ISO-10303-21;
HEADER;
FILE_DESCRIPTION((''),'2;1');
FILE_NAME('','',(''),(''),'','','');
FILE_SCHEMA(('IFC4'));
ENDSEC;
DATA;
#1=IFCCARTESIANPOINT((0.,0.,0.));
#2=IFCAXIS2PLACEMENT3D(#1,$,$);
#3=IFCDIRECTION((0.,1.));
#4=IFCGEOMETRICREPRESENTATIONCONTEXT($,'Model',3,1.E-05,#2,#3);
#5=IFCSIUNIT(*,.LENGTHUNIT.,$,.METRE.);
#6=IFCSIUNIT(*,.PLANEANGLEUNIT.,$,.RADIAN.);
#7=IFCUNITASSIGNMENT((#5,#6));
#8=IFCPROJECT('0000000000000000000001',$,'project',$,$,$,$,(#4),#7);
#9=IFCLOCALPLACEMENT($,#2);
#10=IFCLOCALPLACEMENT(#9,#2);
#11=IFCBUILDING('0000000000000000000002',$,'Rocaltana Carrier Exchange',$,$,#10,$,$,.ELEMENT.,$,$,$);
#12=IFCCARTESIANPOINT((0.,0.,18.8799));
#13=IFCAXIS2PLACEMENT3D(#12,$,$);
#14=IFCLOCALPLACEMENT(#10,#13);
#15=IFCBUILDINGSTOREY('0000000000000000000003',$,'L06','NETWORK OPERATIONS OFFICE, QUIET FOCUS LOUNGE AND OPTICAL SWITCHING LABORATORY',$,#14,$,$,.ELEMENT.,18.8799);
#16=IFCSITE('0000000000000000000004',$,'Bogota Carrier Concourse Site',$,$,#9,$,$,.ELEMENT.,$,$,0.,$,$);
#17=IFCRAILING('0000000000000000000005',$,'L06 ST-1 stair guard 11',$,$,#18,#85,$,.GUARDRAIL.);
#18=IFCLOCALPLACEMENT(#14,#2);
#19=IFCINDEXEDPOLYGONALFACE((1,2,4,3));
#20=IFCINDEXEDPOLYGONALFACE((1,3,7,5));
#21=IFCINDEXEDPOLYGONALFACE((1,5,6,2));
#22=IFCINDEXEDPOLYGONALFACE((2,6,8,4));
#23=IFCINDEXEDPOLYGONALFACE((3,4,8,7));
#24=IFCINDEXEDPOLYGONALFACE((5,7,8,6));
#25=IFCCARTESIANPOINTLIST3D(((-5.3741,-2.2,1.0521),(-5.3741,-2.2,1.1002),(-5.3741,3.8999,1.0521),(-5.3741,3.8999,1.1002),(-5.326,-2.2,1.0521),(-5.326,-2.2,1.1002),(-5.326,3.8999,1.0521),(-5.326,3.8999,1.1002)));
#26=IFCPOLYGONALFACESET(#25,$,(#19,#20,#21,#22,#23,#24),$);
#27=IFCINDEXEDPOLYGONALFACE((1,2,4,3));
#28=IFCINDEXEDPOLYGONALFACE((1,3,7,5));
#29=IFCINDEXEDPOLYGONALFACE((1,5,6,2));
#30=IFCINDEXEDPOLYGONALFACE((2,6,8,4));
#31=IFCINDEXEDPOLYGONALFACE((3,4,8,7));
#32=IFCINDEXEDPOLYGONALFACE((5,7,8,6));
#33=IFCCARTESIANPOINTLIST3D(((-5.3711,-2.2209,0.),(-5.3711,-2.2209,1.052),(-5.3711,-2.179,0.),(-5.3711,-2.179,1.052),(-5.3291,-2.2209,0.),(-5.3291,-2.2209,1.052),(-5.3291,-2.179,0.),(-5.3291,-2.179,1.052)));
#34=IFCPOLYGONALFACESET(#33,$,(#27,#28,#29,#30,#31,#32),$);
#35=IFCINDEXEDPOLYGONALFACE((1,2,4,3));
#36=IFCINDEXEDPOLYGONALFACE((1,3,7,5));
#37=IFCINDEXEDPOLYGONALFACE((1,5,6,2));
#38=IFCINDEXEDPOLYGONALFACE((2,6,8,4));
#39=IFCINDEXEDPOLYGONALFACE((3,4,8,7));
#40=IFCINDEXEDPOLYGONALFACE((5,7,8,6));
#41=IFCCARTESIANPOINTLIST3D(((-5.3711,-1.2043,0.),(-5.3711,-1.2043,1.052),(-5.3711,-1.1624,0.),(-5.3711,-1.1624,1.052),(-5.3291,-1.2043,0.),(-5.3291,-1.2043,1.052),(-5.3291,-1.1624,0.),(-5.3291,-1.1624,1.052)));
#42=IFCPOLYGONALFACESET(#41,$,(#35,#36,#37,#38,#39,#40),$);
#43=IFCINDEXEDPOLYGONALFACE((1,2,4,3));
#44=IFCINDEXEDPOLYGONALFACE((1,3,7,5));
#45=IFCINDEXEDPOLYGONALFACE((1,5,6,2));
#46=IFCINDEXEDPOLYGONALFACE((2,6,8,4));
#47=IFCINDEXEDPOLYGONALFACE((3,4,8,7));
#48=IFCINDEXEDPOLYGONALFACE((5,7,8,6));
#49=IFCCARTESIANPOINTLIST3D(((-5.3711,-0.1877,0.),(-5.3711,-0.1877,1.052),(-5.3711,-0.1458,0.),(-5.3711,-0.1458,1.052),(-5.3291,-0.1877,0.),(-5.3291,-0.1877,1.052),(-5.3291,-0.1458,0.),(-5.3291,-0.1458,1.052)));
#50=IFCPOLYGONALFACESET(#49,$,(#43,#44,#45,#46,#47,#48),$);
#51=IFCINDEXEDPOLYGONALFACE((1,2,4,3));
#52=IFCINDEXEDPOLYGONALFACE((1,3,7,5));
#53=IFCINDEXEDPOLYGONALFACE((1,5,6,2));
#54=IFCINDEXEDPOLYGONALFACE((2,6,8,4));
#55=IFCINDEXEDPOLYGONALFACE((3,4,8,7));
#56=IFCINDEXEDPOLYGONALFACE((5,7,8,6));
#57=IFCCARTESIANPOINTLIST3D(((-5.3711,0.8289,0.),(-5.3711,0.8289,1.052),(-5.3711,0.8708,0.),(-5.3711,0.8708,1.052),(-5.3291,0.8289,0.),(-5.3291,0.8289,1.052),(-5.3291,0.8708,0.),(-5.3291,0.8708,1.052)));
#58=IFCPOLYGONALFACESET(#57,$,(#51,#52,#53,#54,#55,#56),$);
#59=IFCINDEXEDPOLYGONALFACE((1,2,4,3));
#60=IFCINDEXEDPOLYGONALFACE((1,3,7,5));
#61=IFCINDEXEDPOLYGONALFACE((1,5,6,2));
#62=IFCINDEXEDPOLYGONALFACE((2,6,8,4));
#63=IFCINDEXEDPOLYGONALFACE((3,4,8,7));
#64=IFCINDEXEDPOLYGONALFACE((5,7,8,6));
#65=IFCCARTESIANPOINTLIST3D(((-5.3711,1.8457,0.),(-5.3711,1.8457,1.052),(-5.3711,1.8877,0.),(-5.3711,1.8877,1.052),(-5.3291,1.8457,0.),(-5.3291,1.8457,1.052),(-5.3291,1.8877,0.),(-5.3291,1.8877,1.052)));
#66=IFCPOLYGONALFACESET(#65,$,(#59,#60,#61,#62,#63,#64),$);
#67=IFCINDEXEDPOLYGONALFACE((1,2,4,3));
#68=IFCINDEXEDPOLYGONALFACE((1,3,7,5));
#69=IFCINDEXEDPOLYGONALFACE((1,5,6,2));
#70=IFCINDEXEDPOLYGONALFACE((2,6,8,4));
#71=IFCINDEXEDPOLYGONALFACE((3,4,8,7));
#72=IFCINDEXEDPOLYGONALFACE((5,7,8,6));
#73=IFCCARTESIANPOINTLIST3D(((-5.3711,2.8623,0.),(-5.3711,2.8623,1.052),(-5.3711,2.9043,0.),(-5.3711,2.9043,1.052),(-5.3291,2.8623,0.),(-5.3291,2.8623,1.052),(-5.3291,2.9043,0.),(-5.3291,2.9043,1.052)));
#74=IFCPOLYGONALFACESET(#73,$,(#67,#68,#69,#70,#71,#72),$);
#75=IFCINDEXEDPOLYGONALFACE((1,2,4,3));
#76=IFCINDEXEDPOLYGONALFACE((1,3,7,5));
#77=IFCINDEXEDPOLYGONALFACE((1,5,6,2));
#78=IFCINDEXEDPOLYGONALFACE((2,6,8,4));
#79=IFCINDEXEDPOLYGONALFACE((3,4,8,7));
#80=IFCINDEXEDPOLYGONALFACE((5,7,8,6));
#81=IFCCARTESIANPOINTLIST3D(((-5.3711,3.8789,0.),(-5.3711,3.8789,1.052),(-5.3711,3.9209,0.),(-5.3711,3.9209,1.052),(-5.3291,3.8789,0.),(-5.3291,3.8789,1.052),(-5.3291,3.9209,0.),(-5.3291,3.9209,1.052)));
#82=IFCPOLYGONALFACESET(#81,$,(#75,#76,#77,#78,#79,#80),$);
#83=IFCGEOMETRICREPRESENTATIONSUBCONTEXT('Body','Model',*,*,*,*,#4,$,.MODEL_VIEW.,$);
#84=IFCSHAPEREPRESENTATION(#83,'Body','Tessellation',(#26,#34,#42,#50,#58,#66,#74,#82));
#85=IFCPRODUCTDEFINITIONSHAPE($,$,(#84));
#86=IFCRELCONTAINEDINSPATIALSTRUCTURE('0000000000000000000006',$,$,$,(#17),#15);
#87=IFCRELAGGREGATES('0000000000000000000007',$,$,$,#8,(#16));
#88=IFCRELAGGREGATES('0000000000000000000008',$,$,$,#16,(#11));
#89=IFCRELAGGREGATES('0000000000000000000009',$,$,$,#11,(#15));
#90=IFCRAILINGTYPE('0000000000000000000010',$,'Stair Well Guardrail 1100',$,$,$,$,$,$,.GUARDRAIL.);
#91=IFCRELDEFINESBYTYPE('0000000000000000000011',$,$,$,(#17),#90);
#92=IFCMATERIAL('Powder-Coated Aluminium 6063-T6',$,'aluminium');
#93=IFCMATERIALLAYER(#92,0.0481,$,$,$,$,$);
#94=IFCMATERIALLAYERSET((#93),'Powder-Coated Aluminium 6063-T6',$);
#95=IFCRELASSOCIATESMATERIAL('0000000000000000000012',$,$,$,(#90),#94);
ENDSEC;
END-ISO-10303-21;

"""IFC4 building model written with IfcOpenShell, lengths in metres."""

from ifc_helpers import new_model, si_unit, direction, frame, origin, origin_2d, place, context, subcontext, project, spatial, rectangle, extrude, material, layer, layer_set, type_object, element, save


model = new_model("IFC4")

# Units and contexts
model_context = context("Model", 3, precision=1e-05, world=origin(), true_north=direction((0.0, 1.0)))
body_context = subcontext(model_context, "Body", "Model", "MODEL_VIEW")
ifc_project = project(units=[si_unit("LENGTHUNIT", "METRE"), si_unit("PLANEANGLEUNIT", "RADIAN")], contexts=[model_context])

# Site, building, storey
site_placement = place(None, origin())
site = spatial("IfcSite", under=ifc_project, at=site_placement, Name="Bogota Carrier Concourse Site", CompositionType="ELEMENT", RefElevation=0.0)
building_placement = place(site_placement, origin())
building = spatial("IfcBuilding", under=site, at=building_placement, Name="Rocaltana Carrier Exchange", CompositionType="ELEMENT")
storey_placement = place(building_placement, frame((0.0, 0.0, 18.8799)))
storey = spatial("IfcBuildingStorey", under=building, at=storey_placement, Name="L06", Description="NETWORK OPERATIONS OFFICE, QUIET FOCUS LOUNGE AND OPTICAL SWITCHING LABORATORY", CompositionType="ELEMENT", Elevation=18.8799)

# Railing
ifc_material_1 = material(Name="Powder-Coated Aluminium 6063-T6", Category="aluminium")
ifc_layer_1 = layer(ifc_material_1, 0.0481)
ifc_layer_set_1 = layer_set([ifc_layer_1], Name="Powder-Coated Aluminium 6063-T6")
railing_type_1 = type_object("IfcRailingType", Name="Stair Well Guardrail 1100", PredefinedType="GUARDRAIL", material=ifc_layer_set_1)
for number, where, name in (
    (1, (-5.3501, -2.2, 0.0), "L06 ST-1 stair guard 11"),
):
    element("IfcRailing", number, at=place(storey_placement, frame(where)), inside=storey, type_object=railing_type_1, Name=name, PredefinedType="GUARDRAIL", context=body_context, shape_type="SweptSolid", body=[
        extrude(rectangle(XDim=0.0481, YDim=0.0481, at=origin_2d()), frame((0.0, 0.0, 1.0762), z_axis=(0.0, 1.0, 0.0), x_axis=(-1.0, 0.0, 0.0)), (0.0, 0.0, 1.0), 6.0999),
        extrude(rectangle(XDim=0.042, YDim=0.042, at=origin_2d()), origin(), (0.0, 0.0, 1.0), 1.052),
        extrude(rectangle(XDim=0.042, YDim=0.042, at=origin_2d()), frame((0.0, 1.0166, 0.0)), (0.0, 0.0, 1.0), 1.052),
        extrude(rectangle(XDim=0.042, YDim=0.042, at=origin_2d()), frame((0.0, 2.0332, 0.0)), (0.0, 0.0, 1.0), 1.052),
        extrude(rectangle(XDim=0.042, YDim=0.042, at=origin_2d()), frame((0.0, 3.0498, 0.0)), (0.0, 0.0, 1.0), 1.052),
        extrude(rectangle(XDim=0.042, YDim=0.042, at=origin_2d()), frame((0.0, 4.0667, 0.0)), (0.0, 0.0, 1.0), 1.052),
        extrude(rectangle(XDim=0.042, YDim=0.042, at=origin_2d()), frame((0.0, 5.0833, 0.0)), (0.0, 0.0, 1.0), 1.052),
        extrude(rectangle(XDim=0.042, YDim=0.042, at=origin_2d()), frame((0.0, 6.0999, 0.0)), (0.0, 0.0, 1.0), 1.052),
    ])

save(model, "model.ifc")
